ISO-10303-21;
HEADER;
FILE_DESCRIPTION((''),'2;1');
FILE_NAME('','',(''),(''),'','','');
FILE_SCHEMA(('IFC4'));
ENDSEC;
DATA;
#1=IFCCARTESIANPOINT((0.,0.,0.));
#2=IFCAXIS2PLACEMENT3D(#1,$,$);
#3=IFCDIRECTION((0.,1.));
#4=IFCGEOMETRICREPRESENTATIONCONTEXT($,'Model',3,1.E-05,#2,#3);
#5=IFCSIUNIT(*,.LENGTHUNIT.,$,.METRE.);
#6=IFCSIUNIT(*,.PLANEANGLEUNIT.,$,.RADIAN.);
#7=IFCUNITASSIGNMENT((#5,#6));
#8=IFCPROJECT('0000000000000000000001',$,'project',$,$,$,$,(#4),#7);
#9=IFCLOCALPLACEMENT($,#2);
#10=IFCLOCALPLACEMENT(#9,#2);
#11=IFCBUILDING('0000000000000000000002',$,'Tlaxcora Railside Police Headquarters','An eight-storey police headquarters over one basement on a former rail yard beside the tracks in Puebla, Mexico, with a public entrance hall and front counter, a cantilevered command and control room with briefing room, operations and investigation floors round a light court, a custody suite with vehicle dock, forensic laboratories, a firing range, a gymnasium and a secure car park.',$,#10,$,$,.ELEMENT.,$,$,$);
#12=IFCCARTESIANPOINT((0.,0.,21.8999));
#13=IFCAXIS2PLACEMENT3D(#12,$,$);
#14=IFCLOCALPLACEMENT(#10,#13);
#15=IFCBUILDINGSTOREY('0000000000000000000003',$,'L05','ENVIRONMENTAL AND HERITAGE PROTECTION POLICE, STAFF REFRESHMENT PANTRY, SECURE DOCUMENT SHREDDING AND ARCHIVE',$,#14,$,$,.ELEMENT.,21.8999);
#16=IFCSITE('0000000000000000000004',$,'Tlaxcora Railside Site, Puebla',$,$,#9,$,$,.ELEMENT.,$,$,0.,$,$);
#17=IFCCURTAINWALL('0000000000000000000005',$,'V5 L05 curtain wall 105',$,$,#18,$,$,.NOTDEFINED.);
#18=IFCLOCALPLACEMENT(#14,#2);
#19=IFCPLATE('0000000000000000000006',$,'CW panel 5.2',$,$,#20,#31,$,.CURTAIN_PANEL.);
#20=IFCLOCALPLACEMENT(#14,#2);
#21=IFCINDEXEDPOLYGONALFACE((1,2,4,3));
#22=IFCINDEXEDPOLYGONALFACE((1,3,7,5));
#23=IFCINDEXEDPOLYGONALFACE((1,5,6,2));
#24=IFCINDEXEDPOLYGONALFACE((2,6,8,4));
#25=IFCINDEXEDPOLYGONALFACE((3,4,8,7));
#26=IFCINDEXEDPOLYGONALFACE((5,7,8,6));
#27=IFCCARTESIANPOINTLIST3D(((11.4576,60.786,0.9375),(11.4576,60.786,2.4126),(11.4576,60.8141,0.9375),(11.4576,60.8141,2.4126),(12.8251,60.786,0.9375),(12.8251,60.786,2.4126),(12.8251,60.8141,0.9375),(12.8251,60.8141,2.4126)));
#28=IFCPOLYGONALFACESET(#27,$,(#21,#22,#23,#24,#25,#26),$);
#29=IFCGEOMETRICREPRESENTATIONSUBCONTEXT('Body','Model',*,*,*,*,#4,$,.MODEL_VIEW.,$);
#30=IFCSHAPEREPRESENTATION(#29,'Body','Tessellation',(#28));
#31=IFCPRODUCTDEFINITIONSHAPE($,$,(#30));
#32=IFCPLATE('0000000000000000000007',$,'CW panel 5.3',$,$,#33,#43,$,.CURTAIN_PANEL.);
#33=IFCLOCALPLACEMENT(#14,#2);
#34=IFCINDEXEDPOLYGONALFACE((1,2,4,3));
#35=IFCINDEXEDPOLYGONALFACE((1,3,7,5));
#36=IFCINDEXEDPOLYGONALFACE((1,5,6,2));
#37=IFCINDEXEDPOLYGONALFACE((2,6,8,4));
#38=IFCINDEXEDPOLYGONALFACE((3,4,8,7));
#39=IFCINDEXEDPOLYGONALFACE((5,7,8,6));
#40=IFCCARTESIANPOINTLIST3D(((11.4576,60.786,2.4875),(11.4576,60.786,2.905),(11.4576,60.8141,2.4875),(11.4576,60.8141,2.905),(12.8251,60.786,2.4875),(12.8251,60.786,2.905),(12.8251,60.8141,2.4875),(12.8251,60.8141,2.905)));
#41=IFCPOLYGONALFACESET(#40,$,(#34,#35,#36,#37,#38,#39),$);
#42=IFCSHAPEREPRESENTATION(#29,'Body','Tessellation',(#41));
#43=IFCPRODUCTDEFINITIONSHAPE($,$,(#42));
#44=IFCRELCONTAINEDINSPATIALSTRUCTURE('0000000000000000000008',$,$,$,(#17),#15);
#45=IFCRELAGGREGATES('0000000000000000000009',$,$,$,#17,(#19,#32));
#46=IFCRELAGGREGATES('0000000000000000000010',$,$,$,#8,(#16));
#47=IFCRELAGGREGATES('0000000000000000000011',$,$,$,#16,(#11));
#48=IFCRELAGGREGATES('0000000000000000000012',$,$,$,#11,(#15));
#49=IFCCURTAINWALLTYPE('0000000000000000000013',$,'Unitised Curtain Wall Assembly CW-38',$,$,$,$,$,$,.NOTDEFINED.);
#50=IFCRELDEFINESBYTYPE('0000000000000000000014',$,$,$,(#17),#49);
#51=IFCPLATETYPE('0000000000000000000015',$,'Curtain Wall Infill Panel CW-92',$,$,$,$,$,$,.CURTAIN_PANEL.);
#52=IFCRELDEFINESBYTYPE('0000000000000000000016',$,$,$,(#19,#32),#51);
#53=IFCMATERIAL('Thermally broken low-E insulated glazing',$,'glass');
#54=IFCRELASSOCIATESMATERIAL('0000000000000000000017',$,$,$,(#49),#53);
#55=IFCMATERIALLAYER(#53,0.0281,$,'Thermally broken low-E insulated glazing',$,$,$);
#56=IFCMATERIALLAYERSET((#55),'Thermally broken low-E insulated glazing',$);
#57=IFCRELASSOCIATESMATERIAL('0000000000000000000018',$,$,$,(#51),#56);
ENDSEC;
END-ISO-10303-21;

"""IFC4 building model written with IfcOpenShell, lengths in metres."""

from ifc_helpers import new_model, si_unit, direction, frame, origin, origin_2d, place, context, subcontext, project, spatial, rectangle, extrude, material, layer, layer_set, type_object, element, aggregate, save


model = new_model("IFC4")

# Units and contexts
model_context = context("Model", 3, precision=1e-05, world=origin(), true_north=direction((0.0, 1.0)))
body_context = subcontext(model_context, "Body", "Model", "MODEL_VIEW")
ifc_project = project(units=[si_unit("LENGTHUNIT", "METRE"), si_unit("PLANEANGLEUNIT", "RADIAN")], contexts=[model_context])

# Site, building, storey
site_placement = place(None, origin())
site = spatial("IfcSite", under=ifc_project, at=site_placement, Name="Tlaxcora Railside Site, Puebla", CompositionType="ELEMENT", RefElevation=0.0)
building_placement = place(site_placement, origin())
building = spatial("IfcBuilding", under=site, at=building_placement, Name="Tlaxcora Railside Police Headquarters", Description="An eight-storey police headquarters over one basement on a former rail yard beside the tracks in Puebla, Mexico, with a public entrance hall and front counter, a cantilevered command and control room with briefing room, operations and investigation floors round a light court, a custody suite with vehicle dock, forensic laboratories, a firing range, a gymnasium and a secure car park.", CompositionType="ELEMENT")
storey_placement = place(building_placement, frame((0.0, 0.0, 21.8999)))
storey = spatial("IfcBuildingStorey", under=building, at=storey_placement, Name="L05", Description="ENVIRONMENTAL AND HERITAGE PROTECTION POLICE, STAFF REFRESHMENT PANTRY, SECURE DOCUMENT SHREDDING AND ARCHIVE", CompositionType="ELEMENT", Elevation=21.8999)

# Curtain wall
ifc_material_1 = material(Name="Thermally broken low-E insulated glazing", Category="glass")
curtain_wall_type_1 = type_object("IfcCurtainWallType", Name="Unitised Curtain Wall Assembly CW-38", PredefinedType="NOTDEFINED", material=ifc_material_1)
curtain_wall_1_placement = place(storey_placement, origin())
curtain_wall_1 = element("IfcCurtainWall", 1, at=curtain_wall_1_placement, inside=storey, type_object=curtain_wall_type_1, Name="V5 L05 curtain wall 105", PredefinedType="NOTDEFINED")

# Plates
ifc_layer_1 = layer(ifc_material_1, 0.0281, Name="Thermally broken low-E insulated glazing")
ifc_layer_set_1 = layer_set([ifc_layer_1], Name="Thermally broken low-E insulated glazing")
plate_type_1 = type_object("IfcPlateType", Name="Curtain Wall Infill Panel CW-92", PredefinedType="CURTAIN_PANEL", material=ifc_layer_set_1)
plate_1_placement = place(storey_placement, frame((12.1414, 60.8, 0.9375), z_axis=(0.0, 0.0, 1.0), x_axis=(1.0, 0.0, 0.0)))
plate_1 = element("IfcPlate", 2, at=plate_1_placement, type_object=plate_type_1, Name="CW panel 5.2", PredefinedType="CURTAIN_PANEL", context=body_context, shape_type="SweptSolid", body=[
    extrude(rectangle(XDim=1.3674, YDim=0.0281, at=origin_2d()), origin(), (0.0, 0.0, 1.0), 1.4751),
])
plate_2_placement = place(storey_placement, frame((12.1414, 60.8, 2.4875), z_axis=(0.0, 0.0, 1.0), x_axis=(1.0, 0.0, 0.0)))
plate_2 = element("IfcPlate", 3, at=plate_2_placement, type_object=plate_type_1, Name="CW panel 5.3", PredefinedType="CURTAIN_PANEL", context=body_context, shape_type="SweptSolid", body=[
    extrude(rectangle(XDim=1.3674, YDim=0.0281, at=origin_2d()), origin(), (0.0, 0.0, 1.0), 0.4175),
])
aggregate(curtain_wall_1, [plate_1, plate_2])

save(model, "model.ifc")
